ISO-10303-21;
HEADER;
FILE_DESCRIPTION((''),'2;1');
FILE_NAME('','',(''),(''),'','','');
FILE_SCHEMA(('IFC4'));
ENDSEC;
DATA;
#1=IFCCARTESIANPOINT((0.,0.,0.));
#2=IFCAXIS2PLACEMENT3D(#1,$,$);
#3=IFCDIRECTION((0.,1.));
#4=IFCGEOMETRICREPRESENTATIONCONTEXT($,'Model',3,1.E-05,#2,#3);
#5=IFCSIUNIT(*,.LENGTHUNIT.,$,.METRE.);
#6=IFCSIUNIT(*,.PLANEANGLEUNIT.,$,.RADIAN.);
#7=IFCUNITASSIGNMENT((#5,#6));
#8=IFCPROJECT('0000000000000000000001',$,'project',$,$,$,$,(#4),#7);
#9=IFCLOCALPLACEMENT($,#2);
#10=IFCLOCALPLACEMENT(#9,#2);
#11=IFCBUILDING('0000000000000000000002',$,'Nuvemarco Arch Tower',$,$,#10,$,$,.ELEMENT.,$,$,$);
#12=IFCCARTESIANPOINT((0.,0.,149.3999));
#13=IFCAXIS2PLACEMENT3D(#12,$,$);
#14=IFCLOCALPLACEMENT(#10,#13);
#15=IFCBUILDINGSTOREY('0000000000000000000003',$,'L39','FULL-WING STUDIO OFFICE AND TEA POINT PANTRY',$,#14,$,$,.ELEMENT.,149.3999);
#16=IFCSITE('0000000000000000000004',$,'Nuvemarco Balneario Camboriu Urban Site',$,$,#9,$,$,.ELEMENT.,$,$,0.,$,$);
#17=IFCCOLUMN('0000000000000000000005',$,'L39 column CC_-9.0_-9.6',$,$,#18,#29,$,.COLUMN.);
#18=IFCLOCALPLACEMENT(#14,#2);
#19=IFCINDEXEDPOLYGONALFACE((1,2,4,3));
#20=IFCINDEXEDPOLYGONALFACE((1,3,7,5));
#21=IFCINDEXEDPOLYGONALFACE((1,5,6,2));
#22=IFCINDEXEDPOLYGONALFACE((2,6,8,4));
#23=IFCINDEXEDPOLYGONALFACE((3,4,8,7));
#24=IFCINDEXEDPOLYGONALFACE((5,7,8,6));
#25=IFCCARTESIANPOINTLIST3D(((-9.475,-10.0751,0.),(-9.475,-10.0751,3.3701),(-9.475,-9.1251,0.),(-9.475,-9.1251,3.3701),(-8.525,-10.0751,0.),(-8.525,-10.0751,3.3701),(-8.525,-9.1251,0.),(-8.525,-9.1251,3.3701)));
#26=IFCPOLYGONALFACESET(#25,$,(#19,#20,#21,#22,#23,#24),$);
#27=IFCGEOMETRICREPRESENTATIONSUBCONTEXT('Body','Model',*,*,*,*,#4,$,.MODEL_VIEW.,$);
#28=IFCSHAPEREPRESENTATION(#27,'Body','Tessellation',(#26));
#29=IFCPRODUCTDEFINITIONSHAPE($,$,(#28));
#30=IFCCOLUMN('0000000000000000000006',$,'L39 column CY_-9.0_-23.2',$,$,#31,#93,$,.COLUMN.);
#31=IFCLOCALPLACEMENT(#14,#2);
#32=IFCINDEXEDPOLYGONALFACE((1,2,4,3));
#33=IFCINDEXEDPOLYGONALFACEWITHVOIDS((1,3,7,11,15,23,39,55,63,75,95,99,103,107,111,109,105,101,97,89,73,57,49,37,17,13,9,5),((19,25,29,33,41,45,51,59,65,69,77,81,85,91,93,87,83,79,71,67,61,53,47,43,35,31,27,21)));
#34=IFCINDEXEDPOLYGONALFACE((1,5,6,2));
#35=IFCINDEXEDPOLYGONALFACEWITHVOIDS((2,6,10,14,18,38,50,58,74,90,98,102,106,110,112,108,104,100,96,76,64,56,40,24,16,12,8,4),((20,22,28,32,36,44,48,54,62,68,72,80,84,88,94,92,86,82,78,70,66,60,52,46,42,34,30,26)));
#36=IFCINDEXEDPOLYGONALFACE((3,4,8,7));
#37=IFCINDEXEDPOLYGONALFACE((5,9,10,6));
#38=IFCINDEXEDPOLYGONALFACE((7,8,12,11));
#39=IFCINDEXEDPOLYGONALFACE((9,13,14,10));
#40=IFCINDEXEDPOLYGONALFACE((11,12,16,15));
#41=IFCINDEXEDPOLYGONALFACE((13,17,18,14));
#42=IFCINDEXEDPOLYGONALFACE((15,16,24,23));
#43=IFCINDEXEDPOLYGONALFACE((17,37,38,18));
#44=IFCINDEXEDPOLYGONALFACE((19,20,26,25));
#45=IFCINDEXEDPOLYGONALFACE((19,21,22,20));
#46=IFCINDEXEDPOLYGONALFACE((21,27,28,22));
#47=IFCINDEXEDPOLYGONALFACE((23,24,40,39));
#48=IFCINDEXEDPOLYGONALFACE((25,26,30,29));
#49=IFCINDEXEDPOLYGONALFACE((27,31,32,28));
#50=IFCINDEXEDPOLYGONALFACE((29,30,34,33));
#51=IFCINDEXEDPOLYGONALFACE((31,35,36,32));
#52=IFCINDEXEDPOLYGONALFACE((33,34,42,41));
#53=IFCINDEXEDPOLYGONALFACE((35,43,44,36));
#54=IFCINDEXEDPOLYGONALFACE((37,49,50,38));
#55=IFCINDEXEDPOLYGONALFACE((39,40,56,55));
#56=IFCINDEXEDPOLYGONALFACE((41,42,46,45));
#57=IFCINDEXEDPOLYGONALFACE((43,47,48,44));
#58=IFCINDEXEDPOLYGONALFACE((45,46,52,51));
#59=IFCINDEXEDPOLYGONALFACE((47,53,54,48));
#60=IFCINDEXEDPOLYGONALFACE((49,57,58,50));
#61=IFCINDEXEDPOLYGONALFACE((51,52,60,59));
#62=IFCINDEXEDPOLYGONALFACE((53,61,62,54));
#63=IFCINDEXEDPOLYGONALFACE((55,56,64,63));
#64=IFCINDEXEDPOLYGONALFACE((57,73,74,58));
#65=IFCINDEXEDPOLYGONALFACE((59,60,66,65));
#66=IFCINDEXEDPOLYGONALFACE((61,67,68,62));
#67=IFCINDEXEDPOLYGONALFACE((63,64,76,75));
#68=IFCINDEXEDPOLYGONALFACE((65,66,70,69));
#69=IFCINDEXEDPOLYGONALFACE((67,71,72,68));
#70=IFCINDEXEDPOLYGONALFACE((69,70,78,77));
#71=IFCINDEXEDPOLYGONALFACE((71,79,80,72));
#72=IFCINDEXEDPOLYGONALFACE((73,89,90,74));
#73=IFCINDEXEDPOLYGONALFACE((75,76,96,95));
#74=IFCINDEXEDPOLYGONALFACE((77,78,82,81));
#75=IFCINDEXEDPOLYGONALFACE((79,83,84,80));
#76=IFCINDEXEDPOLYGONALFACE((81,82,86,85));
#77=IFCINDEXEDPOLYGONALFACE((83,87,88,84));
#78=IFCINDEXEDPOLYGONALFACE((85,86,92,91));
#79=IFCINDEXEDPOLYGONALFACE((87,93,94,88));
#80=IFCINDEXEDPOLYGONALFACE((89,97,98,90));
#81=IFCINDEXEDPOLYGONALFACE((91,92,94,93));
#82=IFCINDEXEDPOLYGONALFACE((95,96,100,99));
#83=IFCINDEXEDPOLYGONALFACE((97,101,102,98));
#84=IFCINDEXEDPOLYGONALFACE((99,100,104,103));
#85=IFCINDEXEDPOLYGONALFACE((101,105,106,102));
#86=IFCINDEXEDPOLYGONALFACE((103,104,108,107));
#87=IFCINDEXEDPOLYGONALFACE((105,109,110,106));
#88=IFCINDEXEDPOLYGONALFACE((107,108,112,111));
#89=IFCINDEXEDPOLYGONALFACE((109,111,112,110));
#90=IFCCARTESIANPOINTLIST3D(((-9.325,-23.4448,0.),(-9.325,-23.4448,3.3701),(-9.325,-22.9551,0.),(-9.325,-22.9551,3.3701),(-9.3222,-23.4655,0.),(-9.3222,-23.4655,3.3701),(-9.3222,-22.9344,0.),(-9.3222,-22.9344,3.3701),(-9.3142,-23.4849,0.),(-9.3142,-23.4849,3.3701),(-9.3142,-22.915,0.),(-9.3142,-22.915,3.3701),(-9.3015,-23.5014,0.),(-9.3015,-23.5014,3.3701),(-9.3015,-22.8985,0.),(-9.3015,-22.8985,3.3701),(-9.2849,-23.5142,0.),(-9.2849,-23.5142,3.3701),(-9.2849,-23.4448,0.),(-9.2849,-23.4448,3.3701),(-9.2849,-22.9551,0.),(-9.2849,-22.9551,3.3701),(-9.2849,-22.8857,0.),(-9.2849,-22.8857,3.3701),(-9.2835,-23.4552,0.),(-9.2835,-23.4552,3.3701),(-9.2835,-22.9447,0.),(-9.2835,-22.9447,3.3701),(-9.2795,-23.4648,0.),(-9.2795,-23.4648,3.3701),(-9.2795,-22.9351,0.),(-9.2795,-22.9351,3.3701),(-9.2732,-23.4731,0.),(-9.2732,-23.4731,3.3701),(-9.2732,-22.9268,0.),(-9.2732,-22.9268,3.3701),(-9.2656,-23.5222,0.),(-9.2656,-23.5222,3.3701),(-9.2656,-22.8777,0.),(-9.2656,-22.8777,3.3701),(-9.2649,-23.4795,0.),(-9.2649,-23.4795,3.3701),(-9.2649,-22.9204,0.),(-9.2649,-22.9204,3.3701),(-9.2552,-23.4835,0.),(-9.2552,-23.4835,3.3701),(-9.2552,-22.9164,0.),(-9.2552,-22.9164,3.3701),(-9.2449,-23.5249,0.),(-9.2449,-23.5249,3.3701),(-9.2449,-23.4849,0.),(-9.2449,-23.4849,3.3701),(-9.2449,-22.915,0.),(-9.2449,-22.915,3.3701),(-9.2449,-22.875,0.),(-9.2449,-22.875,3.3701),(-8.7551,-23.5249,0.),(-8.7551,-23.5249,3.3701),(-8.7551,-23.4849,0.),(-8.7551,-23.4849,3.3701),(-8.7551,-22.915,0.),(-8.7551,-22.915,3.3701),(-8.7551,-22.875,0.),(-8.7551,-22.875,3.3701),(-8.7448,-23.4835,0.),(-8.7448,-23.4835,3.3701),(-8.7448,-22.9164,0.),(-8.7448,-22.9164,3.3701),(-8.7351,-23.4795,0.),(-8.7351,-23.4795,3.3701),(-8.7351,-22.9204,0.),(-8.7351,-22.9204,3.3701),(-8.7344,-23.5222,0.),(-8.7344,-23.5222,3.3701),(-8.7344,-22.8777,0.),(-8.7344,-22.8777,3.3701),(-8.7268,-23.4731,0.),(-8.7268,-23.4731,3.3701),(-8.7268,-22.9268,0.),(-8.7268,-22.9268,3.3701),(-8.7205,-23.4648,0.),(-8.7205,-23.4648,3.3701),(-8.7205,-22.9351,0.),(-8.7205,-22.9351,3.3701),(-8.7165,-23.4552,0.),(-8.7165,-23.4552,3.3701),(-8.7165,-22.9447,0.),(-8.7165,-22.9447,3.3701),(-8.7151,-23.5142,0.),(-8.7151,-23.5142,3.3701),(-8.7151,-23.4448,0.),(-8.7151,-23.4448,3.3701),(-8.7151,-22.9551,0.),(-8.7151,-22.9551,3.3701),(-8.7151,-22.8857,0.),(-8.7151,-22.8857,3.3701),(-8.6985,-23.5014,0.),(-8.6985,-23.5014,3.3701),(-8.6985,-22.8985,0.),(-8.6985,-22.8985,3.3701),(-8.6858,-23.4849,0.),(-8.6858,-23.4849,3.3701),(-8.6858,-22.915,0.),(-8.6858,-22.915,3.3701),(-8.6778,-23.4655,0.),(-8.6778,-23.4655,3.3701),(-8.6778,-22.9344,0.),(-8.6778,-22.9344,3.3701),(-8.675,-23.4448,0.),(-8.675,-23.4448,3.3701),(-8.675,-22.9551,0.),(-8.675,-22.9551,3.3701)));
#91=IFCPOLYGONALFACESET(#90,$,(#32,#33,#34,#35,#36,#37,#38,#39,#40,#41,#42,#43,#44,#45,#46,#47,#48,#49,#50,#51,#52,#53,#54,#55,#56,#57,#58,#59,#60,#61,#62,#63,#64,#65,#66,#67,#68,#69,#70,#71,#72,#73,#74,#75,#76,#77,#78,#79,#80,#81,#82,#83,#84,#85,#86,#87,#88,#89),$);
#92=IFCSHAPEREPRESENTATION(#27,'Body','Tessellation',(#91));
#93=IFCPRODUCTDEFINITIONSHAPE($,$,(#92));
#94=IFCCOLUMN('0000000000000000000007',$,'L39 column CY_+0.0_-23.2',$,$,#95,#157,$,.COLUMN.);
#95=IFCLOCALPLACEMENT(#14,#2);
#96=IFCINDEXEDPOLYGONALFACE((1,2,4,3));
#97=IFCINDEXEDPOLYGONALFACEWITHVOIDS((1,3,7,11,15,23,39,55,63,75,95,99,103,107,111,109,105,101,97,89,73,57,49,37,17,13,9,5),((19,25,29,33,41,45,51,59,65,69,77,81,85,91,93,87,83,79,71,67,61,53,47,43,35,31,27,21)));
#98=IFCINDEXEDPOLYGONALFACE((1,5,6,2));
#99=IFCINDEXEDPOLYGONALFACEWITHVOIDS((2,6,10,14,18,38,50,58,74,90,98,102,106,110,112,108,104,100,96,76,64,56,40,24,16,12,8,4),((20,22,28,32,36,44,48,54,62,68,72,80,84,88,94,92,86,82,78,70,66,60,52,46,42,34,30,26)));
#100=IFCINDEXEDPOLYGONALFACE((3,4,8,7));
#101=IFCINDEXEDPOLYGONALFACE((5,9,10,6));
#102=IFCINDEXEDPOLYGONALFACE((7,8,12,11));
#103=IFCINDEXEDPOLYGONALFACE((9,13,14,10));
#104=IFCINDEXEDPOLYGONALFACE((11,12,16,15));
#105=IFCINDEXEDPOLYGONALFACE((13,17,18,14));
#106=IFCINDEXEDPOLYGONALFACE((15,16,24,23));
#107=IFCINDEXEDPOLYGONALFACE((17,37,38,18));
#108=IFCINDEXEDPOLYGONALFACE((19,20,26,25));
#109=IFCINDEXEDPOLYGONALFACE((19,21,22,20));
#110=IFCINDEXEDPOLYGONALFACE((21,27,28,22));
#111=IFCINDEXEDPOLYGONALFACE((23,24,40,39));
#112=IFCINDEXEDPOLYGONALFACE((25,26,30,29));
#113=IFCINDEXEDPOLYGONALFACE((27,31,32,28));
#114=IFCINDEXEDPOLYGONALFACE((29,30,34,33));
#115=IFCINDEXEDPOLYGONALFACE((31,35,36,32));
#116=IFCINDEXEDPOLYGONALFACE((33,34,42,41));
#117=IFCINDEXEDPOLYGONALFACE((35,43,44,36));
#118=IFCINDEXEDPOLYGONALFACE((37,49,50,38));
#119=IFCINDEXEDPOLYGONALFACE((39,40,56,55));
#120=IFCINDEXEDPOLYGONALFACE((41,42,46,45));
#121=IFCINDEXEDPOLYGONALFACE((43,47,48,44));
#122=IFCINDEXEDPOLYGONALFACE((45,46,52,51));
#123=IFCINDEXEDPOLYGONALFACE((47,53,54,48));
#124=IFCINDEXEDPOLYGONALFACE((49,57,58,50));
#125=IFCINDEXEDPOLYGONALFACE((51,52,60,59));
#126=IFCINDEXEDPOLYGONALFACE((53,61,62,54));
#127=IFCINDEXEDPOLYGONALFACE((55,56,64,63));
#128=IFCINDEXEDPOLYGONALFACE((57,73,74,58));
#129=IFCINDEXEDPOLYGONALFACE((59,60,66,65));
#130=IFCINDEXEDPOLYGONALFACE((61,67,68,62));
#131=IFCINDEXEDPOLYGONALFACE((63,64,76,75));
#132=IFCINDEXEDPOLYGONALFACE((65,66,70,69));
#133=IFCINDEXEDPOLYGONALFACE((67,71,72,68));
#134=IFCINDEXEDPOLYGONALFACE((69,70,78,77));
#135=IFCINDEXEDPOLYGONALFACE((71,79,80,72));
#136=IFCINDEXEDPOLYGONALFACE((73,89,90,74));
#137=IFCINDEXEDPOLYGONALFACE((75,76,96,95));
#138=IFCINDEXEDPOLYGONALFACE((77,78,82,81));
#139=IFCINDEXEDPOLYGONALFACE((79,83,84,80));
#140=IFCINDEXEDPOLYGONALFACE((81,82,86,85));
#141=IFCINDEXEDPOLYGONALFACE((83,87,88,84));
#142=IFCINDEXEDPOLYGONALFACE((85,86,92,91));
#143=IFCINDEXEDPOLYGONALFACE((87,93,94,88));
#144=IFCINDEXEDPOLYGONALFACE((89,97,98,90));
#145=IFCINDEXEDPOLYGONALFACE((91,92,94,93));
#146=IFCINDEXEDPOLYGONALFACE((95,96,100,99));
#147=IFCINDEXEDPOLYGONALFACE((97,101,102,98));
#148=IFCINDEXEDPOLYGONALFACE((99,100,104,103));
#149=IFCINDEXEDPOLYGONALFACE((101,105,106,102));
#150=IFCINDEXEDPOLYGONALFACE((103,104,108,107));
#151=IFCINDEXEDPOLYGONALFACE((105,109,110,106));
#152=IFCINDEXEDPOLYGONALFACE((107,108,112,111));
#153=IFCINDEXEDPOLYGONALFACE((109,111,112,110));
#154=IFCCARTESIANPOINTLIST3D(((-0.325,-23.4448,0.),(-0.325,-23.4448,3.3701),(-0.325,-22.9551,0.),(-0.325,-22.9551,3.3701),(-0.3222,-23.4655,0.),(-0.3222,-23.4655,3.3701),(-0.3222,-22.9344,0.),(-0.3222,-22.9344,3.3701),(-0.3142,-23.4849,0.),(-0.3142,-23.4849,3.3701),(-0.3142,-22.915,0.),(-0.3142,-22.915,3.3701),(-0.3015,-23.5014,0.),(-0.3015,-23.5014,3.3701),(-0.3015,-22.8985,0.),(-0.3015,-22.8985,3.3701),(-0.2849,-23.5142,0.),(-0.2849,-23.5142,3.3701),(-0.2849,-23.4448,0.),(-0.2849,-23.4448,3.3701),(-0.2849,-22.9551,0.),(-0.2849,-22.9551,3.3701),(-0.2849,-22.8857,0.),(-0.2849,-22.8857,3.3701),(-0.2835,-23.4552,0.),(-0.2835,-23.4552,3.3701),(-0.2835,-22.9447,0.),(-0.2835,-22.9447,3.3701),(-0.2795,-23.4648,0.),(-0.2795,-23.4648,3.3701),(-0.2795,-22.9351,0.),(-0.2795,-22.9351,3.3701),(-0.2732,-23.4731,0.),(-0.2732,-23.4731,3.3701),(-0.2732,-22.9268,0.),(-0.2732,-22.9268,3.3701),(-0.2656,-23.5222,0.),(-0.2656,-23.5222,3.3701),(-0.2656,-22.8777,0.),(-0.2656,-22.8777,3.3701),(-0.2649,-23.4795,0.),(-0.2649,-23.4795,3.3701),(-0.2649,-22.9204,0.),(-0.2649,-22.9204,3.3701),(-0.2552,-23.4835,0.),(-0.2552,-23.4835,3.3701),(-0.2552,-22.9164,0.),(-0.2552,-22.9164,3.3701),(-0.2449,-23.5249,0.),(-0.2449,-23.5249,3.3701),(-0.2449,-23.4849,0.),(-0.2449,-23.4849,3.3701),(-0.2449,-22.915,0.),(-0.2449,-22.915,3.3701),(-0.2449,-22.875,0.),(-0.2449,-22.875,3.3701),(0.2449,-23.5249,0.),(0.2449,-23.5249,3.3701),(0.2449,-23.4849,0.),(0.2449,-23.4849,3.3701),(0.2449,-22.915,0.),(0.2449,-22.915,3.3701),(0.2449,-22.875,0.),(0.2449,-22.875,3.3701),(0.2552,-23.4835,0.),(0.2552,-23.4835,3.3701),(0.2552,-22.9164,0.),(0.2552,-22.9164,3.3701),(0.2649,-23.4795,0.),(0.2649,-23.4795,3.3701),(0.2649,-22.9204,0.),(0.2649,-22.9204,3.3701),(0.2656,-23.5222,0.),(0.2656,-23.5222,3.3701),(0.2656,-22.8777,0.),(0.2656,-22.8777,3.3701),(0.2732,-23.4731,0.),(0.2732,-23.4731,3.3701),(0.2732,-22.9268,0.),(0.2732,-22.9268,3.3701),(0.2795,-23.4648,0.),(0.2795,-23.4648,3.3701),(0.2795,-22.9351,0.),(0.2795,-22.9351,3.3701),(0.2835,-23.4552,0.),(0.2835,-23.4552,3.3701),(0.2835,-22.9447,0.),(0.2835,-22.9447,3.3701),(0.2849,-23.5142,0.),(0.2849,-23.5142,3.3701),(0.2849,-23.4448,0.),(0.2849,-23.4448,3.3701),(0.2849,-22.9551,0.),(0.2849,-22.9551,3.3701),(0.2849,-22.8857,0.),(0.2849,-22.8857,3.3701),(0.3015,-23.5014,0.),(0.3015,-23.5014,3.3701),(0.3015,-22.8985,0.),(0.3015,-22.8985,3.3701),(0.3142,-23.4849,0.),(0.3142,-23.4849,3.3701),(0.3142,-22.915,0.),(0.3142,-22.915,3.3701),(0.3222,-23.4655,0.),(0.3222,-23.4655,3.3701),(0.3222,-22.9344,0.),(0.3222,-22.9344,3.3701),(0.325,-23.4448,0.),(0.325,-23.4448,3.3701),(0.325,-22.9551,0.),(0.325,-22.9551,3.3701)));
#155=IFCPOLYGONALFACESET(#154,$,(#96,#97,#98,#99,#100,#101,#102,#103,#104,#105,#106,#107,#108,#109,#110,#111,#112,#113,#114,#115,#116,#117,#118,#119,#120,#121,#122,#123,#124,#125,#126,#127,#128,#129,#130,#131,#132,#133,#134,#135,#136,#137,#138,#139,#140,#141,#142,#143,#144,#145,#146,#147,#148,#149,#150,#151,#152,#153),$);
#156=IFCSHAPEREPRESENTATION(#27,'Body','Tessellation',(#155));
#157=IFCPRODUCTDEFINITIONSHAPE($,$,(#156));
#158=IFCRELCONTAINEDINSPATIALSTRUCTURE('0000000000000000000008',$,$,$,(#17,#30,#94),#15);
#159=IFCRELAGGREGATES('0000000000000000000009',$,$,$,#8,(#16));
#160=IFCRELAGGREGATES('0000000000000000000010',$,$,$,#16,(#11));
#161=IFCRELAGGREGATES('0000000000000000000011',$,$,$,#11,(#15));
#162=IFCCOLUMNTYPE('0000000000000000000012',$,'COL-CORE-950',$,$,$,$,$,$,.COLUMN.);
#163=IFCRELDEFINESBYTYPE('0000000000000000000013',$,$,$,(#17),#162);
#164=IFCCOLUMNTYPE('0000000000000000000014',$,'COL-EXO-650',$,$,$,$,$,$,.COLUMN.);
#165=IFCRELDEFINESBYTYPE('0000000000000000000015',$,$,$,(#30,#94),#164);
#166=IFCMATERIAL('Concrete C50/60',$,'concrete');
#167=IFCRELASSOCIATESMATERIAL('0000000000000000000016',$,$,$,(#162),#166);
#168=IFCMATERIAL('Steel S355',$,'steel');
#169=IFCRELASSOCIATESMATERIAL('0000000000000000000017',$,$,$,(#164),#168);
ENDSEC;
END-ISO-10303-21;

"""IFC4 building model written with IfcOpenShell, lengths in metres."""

from ifc_helpers import new_model, si_unit, direction, frame, origin, origin_2d, place, context, subcontext, project, spatial, rectangle, hollow_rectangle, extrude, material, material_profile, profile_set, type_object, element, save


model = new_model("IFC4")

# Units and contexts
model_context = context("Model", 3, precision=1e-05, world=origin(), true_north=direction((0.0, 1.0)))
body_context = subcontext(model_context, "Body", "Model", "MODEL_VIEW")
ifc_project = project(units=[si_unit("LENGTHUNIT", "METRE"), si_unit("PLANEANGLEUNIT", "RADIAN")], contexts=[model_context])

# Site, building, storey
site_placement = place(None, origin())
site = spatial("IfcSite", under=ifc_project, at=site_placement, Name="Nuvemarco Balneario Camboriu Urban Site", CompositionType="ELEMENT", RefElevation=0.0)
building_placement = place(site_placement, origin())
building = spatial("IfcBuilding", under=site, at=building_placement, Name="Nuvemarco Arch Tower", CompositionType="ELEMENT")
storey_placement = place(building_placement, frame((0.0, 0.0, 149.3999)))
storey = spatial("IfcBuildingStorey", under=building, at=storey_placement, Name="L39", Description="FULL-WING STUDIO OFFICE AND TEA POINT PANTRY", CompositionType="ELEMENT", Elevation=149.3999)

# Columns
ifc_material_1 = material(Name="Concrete C50/60", Category="concrete")
ifc_material_profile_1 = material_profile(ifc_material_1, rectangle(XDim=0.95, YDim=0.95, at=origin_2d()), Name="RC-COL-950x950")
ifc_profile_set_1 = profile_set([ifc_material_profile_1], Name="Concrete C50/60")
column_type_1 = type_object("IfcColumnType", Name="COL-CORE-950", PredefinedType="COLUMN", material=ifc_profile_set_1)
column_placement = place(storey_placement, frame((-9.0, -9.6001, 0.0), z_axis=(0.0, 0.0, 1.0), x_axis=(1.0, 0.0, 0.0)))
element("IfcColumn", 1, at=column_placement, inside=storey, type_object=column_type_1, Name="L39 column CC_-9.0_-9.6", PredefinedType="COLUMN", context=body_context, shape_type="SweptSolid", body=[
    extrude(rectangle(XDim=0.95, YDim=0.95, at=origin_2d()), origin(), (0.0, 0.0, 1.0), 3.3701),
])
ifc_material_2 = material(Name="Steel S355", Category="steel")
ifc_material_profile_2 = material_profile(ifc_material_2, hollow_rectangle(XDim=0.6499, YDim=0.6499, WallThickness=0.04, InnerFilletRadius=0.04, OuterFilletRadius=0.0801, at=origin_2d()), Name="SHS650x650x40")
ifc_profile_set_2 = profile_set([ifc_material_profile_2], Name="Steel S355")
column_type_2 = type_object("IfcColumnType", Name="COL-EXO-650", PredefinedType="COLUMN", material=ifc_profile_set_2)
for number, where, z_axis, x_axis, name in (
    (2, (-9.0, -23.2, 0.0), (0.0, 0.0, 1.0), (1.0, 0.0, 0.0), "L39 column CY_-9.0_-23.2"),
    (3, (0.0, -23.2, 0.0), (0.0, 0.0, 1.0), (1.0, 0.0, 0.0), "L39 column CY_+0.0_-23.2"),
):
    element("IfcColumn", number, at=place(storey_placement, frame(where, z_axis=z_axis, x_axis=x_axis)), inside=storey, type_object=column_type_2, Name=name, PredefinedType="COLUMN", context=body_context, shape_type="SweptSolid", body=[
        extrude(hollow_rectangle(XDim=0.6499, YDim=0.6499, WallThickness=0.04, InnerFilletRadius=0.04, OuterFilletRadius=0.0801, at=origin_2d()), origin(), (0.0, 0.0, 1.0), 3.3701),
    ])

save(model, "model.ifc")
